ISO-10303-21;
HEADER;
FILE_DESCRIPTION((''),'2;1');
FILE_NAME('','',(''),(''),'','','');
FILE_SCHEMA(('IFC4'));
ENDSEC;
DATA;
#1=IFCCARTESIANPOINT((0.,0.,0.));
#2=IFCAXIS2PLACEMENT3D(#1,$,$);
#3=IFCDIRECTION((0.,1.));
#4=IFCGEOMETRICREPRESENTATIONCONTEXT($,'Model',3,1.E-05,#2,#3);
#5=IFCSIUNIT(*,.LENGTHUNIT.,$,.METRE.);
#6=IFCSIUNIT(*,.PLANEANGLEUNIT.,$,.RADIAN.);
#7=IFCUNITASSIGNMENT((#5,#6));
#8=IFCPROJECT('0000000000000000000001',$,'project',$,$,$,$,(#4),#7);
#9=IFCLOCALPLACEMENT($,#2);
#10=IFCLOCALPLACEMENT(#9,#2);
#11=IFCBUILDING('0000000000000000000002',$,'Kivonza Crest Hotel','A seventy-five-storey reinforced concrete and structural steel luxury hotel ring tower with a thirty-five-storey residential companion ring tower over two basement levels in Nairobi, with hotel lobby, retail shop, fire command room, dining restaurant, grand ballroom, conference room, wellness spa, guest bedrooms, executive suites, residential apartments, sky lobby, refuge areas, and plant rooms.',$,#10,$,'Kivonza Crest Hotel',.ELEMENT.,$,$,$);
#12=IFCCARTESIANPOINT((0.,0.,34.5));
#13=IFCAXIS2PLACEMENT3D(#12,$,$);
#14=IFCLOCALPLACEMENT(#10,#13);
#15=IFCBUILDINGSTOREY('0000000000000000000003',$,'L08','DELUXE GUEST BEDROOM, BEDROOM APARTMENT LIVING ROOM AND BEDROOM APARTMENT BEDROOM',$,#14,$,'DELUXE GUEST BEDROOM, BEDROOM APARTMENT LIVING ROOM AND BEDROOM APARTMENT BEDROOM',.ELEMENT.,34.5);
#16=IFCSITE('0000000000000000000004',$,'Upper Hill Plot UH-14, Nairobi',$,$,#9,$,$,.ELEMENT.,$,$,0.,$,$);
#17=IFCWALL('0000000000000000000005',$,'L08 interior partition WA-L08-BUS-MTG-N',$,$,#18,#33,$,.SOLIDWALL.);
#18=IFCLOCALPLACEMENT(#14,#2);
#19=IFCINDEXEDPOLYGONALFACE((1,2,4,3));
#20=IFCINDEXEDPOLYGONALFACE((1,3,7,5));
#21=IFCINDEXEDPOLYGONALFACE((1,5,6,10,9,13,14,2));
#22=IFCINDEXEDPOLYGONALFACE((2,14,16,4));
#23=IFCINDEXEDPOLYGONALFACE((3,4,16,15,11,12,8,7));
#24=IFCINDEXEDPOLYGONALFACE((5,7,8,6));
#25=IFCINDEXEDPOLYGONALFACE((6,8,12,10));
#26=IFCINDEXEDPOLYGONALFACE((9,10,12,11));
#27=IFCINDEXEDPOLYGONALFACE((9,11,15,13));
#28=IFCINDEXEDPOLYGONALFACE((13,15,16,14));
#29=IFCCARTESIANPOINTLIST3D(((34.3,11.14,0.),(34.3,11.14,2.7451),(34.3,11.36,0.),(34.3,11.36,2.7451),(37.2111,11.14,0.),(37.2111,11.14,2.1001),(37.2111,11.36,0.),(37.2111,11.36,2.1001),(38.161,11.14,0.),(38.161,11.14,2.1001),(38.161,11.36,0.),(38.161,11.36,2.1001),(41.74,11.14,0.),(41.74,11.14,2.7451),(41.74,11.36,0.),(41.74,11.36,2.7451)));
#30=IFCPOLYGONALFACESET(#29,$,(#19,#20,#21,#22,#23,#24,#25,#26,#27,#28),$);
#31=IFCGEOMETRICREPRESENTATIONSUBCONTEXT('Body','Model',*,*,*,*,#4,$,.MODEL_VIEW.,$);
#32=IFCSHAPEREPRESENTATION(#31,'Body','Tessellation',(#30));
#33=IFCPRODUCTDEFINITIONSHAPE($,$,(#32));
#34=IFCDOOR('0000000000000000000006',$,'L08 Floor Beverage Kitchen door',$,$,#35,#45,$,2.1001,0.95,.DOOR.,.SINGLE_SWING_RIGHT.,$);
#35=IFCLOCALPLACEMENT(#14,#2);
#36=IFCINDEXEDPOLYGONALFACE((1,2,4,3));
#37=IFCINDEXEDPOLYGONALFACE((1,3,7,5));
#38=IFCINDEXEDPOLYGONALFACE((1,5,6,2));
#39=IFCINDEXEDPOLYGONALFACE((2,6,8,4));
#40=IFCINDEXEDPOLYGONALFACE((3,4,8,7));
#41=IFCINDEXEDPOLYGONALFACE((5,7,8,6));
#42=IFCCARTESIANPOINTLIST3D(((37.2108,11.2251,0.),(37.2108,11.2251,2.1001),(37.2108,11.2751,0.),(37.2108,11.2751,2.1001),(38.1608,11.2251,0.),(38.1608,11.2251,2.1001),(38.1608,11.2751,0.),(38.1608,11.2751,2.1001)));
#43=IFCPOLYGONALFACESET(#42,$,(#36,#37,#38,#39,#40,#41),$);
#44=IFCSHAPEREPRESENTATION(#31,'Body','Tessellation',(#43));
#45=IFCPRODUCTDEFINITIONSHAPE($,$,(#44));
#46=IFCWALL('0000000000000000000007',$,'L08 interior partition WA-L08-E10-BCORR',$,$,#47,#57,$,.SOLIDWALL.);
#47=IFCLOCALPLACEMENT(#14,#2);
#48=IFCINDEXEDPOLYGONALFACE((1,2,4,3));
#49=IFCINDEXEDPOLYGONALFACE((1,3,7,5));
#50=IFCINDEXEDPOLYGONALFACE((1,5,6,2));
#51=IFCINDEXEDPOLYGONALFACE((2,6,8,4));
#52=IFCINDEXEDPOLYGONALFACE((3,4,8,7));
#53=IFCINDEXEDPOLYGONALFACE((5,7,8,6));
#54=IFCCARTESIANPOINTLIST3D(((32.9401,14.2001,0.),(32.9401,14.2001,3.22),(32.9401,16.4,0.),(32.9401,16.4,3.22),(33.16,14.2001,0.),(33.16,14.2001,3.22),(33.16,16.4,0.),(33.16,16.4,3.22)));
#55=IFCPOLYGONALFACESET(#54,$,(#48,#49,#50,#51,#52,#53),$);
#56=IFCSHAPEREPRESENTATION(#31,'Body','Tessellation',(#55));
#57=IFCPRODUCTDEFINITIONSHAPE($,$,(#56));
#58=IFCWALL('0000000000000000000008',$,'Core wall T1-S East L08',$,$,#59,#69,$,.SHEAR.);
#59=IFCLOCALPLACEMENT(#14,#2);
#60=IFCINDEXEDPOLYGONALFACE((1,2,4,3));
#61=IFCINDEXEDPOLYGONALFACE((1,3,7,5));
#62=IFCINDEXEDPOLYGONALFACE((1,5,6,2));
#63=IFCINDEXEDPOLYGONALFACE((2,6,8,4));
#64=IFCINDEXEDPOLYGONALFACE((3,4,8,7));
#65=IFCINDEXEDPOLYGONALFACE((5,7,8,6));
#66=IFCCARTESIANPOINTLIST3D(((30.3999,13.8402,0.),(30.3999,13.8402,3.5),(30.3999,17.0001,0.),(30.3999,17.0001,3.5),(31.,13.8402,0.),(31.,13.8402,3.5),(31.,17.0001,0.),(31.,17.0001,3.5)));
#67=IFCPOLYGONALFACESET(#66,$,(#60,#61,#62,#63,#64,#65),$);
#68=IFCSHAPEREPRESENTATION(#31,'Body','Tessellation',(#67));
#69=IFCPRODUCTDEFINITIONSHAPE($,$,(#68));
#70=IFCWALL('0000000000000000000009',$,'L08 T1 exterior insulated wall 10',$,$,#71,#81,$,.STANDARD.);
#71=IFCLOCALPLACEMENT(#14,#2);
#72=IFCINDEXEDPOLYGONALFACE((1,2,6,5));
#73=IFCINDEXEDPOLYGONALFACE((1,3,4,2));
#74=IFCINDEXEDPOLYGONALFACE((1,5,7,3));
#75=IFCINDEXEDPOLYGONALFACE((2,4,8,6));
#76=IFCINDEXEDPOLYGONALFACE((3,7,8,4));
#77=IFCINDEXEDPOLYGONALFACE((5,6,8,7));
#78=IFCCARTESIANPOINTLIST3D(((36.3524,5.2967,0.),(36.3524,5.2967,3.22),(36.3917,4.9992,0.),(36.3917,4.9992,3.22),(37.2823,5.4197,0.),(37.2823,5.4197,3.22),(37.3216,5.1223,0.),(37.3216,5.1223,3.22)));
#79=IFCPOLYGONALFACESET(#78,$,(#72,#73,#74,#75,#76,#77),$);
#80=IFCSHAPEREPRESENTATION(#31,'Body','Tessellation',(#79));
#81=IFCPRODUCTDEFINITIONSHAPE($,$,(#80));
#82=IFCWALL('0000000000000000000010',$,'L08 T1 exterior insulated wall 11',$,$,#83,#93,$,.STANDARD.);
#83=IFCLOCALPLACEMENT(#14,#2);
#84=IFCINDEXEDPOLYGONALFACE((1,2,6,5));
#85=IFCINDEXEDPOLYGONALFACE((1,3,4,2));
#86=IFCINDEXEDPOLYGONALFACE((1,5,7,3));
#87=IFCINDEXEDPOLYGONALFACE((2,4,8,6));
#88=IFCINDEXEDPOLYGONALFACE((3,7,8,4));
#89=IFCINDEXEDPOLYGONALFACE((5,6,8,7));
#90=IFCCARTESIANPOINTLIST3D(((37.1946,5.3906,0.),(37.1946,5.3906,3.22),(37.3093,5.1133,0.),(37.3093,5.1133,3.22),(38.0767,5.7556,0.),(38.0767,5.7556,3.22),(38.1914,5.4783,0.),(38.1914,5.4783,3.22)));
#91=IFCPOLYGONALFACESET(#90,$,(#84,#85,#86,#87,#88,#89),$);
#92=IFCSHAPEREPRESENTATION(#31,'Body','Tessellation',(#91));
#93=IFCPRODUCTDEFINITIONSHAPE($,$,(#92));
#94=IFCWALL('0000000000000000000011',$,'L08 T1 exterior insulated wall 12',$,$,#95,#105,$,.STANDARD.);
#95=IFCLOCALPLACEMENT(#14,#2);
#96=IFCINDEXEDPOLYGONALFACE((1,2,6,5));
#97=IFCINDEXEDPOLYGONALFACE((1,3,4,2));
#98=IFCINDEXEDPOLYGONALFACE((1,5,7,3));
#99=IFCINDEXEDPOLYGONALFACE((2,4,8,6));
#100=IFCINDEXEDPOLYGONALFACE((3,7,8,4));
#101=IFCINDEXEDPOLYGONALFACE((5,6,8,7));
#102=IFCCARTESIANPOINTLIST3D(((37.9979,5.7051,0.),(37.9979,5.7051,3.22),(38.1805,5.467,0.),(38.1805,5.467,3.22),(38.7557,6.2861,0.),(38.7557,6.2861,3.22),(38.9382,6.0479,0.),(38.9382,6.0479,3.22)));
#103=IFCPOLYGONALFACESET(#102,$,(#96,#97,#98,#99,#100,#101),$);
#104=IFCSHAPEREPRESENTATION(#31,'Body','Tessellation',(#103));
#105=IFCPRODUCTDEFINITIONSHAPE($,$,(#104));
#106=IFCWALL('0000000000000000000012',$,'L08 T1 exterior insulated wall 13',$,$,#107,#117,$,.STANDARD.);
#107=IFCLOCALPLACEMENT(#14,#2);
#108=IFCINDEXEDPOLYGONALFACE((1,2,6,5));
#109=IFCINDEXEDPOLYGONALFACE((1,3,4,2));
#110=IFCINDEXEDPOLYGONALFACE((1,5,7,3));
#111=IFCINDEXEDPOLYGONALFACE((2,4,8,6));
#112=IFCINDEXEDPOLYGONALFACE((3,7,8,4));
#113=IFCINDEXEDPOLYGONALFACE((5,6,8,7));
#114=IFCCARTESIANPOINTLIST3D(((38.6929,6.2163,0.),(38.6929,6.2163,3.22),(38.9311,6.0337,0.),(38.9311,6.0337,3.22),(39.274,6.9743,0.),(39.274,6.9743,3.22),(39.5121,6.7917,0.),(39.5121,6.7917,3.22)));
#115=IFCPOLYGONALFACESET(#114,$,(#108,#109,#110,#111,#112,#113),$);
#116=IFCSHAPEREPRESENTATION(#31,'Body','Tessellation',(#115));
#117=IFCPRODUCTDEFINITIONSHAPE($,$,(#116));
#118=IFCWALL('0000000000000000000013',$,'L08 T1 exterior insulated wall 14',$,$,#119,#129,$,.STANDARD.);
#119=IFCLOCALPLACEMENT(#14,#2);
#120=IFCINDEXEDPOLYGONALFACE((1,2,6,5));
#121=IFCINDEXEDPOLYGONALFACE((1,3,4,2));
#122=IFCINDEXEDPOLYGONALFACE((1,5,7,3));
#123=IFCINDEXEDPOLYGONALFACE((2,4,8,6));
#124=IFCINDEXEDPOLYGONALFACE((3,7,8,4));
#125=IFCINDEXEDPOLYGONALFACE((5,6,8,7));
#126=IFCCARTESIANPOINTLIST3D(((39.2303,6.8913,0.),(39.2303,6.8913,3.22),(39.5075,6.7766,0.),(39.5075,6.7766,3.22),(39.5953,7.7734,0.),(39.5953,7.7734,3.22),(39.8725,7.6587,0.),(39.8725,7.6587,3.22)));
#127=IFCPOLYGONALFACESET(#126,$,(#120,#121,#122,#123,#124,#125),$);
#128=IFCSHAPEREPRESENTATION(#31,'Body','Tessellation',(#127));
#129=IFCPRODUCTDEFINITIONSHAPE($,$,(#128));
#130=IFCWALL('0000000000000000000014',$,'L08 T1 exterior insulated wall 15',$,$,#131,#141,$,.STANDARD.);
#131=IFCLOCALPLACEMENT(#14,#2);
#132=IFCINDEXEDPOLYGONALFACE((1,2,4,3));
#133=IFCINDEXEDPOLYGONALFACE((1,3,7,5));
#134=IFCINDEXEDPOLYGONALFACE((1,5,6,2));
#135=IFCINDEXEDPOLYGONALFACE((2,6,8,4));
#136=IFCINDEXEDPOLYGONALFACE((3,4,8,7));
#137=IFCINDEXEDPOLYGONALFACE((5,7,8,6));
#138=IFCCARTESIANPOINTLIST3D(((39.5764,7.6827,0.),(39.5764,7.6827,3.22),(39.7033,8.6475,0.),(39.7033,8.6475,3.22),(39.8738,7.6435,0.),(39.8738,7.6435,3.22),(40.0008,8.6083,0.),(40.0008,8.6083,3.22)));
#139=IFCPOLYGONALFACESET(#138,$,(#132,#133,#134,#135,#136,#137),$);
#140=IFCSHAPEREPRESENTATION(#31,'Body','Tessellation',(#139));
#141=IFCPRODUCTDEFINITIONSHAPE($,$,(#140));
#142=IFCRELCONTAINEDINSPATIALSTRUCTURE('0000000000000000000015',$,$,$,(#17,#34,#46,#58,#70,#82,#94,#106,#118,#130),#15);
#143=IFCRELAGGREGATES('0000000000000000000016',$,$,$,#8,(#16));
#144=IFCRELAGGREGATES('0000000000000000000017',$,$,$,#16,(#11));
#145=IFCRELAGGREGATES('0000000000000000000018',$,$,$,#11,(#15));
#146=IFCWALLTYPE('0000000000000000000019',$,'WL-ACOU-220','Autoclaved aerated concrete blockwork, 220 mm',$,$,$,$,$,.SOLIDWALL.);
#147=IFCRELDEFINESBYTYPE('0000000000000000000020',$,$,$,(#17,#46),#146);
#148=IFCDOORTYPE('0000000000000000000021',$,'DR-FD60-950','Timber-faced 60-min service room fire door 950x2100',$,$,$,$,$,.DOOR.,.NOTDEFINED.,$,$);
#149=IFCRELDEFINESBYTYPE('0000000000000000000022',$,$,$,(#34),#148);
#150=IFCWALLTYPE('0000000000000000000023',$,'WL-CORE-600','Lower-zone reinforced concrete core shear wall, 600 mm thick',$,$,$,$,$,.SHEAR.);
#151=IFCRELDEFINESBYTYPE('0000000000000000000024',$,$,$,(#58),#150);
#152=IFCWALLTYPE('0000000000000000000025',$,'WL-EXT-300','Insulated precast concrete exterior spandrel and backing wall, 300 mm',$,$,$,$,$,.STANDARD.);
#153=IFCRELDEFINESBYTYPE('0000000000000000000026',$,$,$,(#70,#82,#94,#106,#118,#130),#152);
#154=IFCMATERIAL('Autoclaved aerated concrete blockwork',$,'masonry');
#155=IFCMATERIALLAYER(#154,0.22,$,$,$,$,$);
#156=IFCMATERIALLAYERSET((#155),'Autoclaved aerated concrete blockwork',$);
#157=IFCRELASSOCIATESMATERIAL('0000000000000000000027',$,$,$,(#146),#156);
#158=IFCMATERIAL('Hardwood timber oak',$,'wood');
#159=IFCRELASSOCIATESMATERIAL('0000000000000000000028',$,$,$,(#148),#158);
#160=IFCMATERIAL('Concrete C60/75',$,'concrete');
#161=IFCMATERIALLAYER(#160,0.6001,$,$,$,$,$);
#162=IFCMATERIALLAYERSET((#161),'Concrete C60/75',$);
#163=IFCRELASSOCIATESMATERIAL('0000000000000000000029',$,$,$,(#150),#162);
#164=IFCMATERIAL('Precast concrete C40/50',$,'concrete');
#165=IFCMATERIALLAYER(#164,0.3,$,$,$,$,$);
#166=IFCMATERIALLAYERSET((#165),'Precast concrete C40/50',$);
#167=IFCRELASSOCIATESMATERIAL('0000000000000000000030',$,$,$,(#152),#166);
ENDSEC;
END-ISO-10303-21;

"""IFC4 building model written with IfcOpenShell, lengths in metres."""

from ifc_helpers import new_model, si_unit, direction, frame, frame_2d, origin, place, context, subcontext, project, spatial, rectangle, extrude, material, layer, layer_set, type_object, element, fill, save


model = new_model("IFC4")

# Units and contexts
model_context = context("Model", 3, precision=1e-05, world=origin(), true_north=direction((0.0, 1.0)))
body_context = subcontext(model_context, "Body", "Model", "MODEL_VIEW")
ifc_project = project(units=[si_unit("LENGTHUNIT", "METRE"), si_unit("PLANEANGLEUNIT", "RADIAN")], contexts=[model_context])

# Site, building, storey
site_placement = place(None, origin())
site = spatial("IfcSite", under=ifc_project, at=site_placement, Name="Upper Hill Plot UH-14, Nairobi", CompositionType="ELEMENT", RefElevation=0.0)
building_placement = place(site_placement, origin())
building = spatial("IfcBuilding", under=site, at=building_placement, Name="Kivonza Crest Hotel", Description="A seventy-five-storey reinforced concrete and structural steel luxury hotel ring tower with a thirty-five-storey residential companion ring tower over two basement levels in Nairobi, with hotel lobby, retail shop, fire command room, dining restaurant, grand ballroom, conference room, wellness spa, guest bedrooms, executive suites, residential apartments, sky lobby, refuge areas, and plant rooms.", LongName="Kivonza Crest Hotel", CompositionType="ELEMENT")
storey_placement = place(building_placement, frame((0.0, 0.0, 34.5)))
storey = spatial("IfcBuildingStorey", under=building, at=storey_placement, Name="L08", Description="DELUXE GUEST BEDROOM, BEDROOM APARTMENT LIVING ROOM AND BEDROOM APARTMENT BEDROOM", LongName="DELUXE GUEST BEDROOM, BEDROOM APARTMENT LIVING ROOM AND BEDROOM APARTMENT BEDROOM", CompositionType="ELEMENT", Elevation=34.5)

# Shared definitions
ifc_material_1 = material(Name="Concrete C60/75", Category="concrete")

# Wall, opening, door
ifc_material_2 = material(Name="Autoclaved aerated concrete blockwork", Category="masonry")
ifc_layer_1 = layer(ifc_material_2, 0.22)
ifc_layer_set_1 = layer_set([ifc_layer_1], Name="Autoclaved aerated concrete blockwork")
wall_type_1 = type_object("IfcWallType", Name="WL-ACOU-220", Description="Autoclaved aerated concrete blockwork, 220 mm", PredefinedType="SOLIDWALL", material=ifc_layer_set_1)
ifc_material_3 = material(Name="Hardwood timber oak", Category="wood")
wall_1_placement = place(storey_placement, frame((34.3, 11.25, 0.0), z_axis=(0.0, 0.0, 1.0), x_axis=(1.0, 0.0, 0.0)))
wall_1 = element("IfcWall", 1, at=wall_1_placement, inside=storey, type_object=wall_type_1, Name="L08 interior partition WA-L08-BUS-MTG-N", PredefinedType="SOLIDWALL", context=body_context, shape_type="SweptSolid", body=[
    extrude(rectangle(XDim=7.4399, YDim=0.22, at=frame_2d((3.72, 0.0))), origin(), (0.0, 0.0, 1.0), 2.7451),
])
opening_1_placement = place(wall_1_placement, frame((2.9109, 0.0, 0.0)))
opening_1 = element("IfcOpeningElement", 2, at=opening_1_placement, cuts=wall_1, PredefinedType="OPENING", context=body_context, shape_type="SweptSolid", body=[
    extrude(rectangle(XDim=0.95, YDim=2.1001, at=frame_2d((0.4751, 1.05))), frame((0.0, 0.1201, 0.0), z_axis=(0.0, -1.0, 0.0), x_axis=(1.0, 0.0, 0.0)), (0.0, 0.0, 1.0), 0.24),
])
door_type_1 = type_object("IfcDoorType", Name="DR-FD60-950", Description="Timber-faced 60-min service room fire door 950x2100", OperationType="NOTDEFINED", PredefinedType="DOOR", material=ifc_material_3)
door_1_placement = place(opening_1_placement, frame((0.95, 0.0, 0.0), z_axis=(0.0, 0.0, 1.0), x_axis=(-1.0, 0.0, 0.0)))
door_1 = element("IfcDoor", 3, at=door_1_placement, inside=storey, type_object=door_type_1, Name="L08 Floor Beverage Kitchen door", OperationType="SINGLE_SWING_RIGHT", OverallHeight=2.1001, OverallWidth=0.95, PredefinedType="DOOR", context=body_context, shape_type="SweptSolid", body=[
    extrude(rectangle(XDim=0.95, YDim=2.1001, at=frame_2d((0.4751, 1.05))), frame((0.0, 0.0249, 0.0), z_axis=(0.0, -1.0, 0.0), x_axis=(1.0, 0.0, 0.0)), (0.0, 0.0, 1.0), 0.05),
])
fill(opening_1, door_1)

# Walls
wall_2_placement = place(storey_placement, frame((33.05, 14.2, 0.0), z_axis=(0.0, 0.0, 1.0), x_axis=(0.0, 1.0, 0.0)))
element("IfcWall", 4, at=wall_2_placement, inside=storey, type_object=wall_type_1, Name="L08 interior partition WA-L08-E10-BCORR", PredefinedType="SOLIDWALL", context=body_context, shape_type="SweptSolid", body=[
    extrude(rectangle(XDim=2.2, YDim=0.22, at=frame_2d((1.1001, 0.0))), origin(), (0.0, 0.0, 1.0), 3.22),
])
ifc_layer_2 = layer(ifc_material_1, 0.6001)
ifc_layer_set_2 = layer_set([ifc_layer_2], Name="Concrete C60/75")
wall_type_2 = type_object("IfcWallType", Name="WL-CORE-600", Description="Lower-zone reinforced concrete core shear wall, 600 mm thick", PredefinedType="SHEAR", material=ifc_layer_set_2)
wall_3_placement = place(storey_placement, frame((30.7, 13.8401, 0.0), z_axis=(0.0, 0.0, 1.0), x_axis=(0.0, 1.0, 0.0)))
element("IfcWall", 5, at=wall_3_placement, inside=storey, type_object=wall_type_2, Name="Core wall T1-S East L08", PredefinedType="SHEAR", context=body_context, shape_type="SweptSolid", body=[
    extrude(rectangle(XDim=3.1599, YDim=0.6001, at=frame_2d((1.5801, 0.0))), origin(), (0.0, 0.0, 1.0), 3.5),
])
ifc_material_4 = material(Name="Precast concrete C40/50", Category="concrete")
ifc_layer_3 = layer(ifc_material_4, 0.3)
ifc_layer_set_3 = layer_set([ifc_layer_3], Name="Precast concrete C40/50")
wall_type_3 = type_object("IfcWallType", Name="WL-EXT-300", Description="Insulated precast concrete exterior spandrel and backing wall, 300 mm", PredefinedType="STANDARD", material=ifc_layer_set_3)
wall_4_placement = place(storey_placement, frame((36.3721, 5.1479, 0.0), z_axis=(0.0, 0.0, 1.0), x_axis=(0.991359, 0.131175, 0.0)))
element("IfcWall", 6, at=wall_4_placement, inside=storey, type_object=wall_type_3, Name="L08 T1 exterior insulated wall 10", PredefinedType="STANDARD", context=body_context, shape_type="SweptSolid", body=[
    extrude(rectangle(XDim=0.938, YDim=0.3, at=frame_2d((0.469, 0.0))), origin(), (0.0, 0.0, 1.0), 3.22),
])
wall_5_placement = place(storey_placement, frame((37.252, 5.252, 0.0), z_axis=(0.0, 0.0, 1.0), x_axis=(0.92402, 0.382344, 0.0)))
element("IfcWall", 7, at=wall_5_placement, inside=storey, type_object=wall_type_3, Name="L08 T1 exterior insulated wall 11", PredefinedType="STANDARD", context=body_context, shape_type="SweptSolid", body=[
    extrude(rectangle(XDim=0.9546, YDim=0.3, at=frame_2d((0.4773, 0.0))), origin(), (0.0, 0.0, 1.0), 3.22),
])
wall_6_placement = place(storey_placement, frame((38.0891, 5.5859, 0.0), z_axis=(0.0, 0.0, 1.0), x_axis=(0.793573, 0.608474, 0.0)))
element("IfcWall", 8, at=wall_6_placement, inside=storey, type_object=wall_type_3, Name="L08 T1 exterior insulated wall 12", PredefinedType="STANDARD", context=body_context, shape_type="SweptSolid", body=[
    extrude(rectangle(XDim=0.9548, YDim=0.3, at=frame_2d((0.4775, 0.0))), origin(), (0.0, 0.0, 1.0), 3.22),
])
wall_7_placement = place(storey_placement, frame((38.812, 6.125, 0.0), z_axis=(0.0, 0.0, 1.0), x_axis=(0.608351, 0.793668, 0.0)))
element("IfcWall", 9, at=wall_7_placement, inside=storey, type_object=wall_type_3, Name="L08 T1 exterior insulated wall 13", PredefinedType="STANDARD", context=body_context, shape_type="SweptSolid", body=[
    extrude(rectangle(XDim=0.9551, YDim=0.3, at=frame_2d((0.4775, 0.0))), origin(), (0.0, 0.0, 1.0), 3.22),
])
wall_8_placement = place(storey_placement, frame((39.3689, 6.834, 0.0), z_axis=(0.0, 0.0, 1.0), x_axis=(0.382344, 0.92402, 0.0)))
element("IfcWall", 10, at=wall_8_placement, inside=storey, type_object=wall_type_3, Name="L08 T1 exterior insulated wall 14", PredefinedType="STANDARD", context=body_context, shape_type="SweptSolid", body=[
    extrude(rectangle(XDim=0.9546, YDim=0.3, at=frame_2d((0.4773, 0.0))), origin(), (0.0, 0.0, 1.0), 3.22),
])
wall_9_placement = place(storey_placement, frame((39.7251, 7.6631, 0.0), z_axis=(0.0, 0.0, 1.0), x_axis=(0.130455, 0.991454, 0.0)))
element("IfcWall", 11, at=wall_9_placement, inside=storey, type_object=wall_type_3, Name="L08 T1 exterior insulated wall 15", PredefinedType="STANDARD", context=body_context, shape_type="SweptSolid", body=[
    extrude(rectangle(XDim=0.9731, YDim=0.3, at=frame_2d((0.4866, 0.0))), origin(), (0.0, 0.0, 1.0), 3.22),
])

save(model, "model.ifc")
